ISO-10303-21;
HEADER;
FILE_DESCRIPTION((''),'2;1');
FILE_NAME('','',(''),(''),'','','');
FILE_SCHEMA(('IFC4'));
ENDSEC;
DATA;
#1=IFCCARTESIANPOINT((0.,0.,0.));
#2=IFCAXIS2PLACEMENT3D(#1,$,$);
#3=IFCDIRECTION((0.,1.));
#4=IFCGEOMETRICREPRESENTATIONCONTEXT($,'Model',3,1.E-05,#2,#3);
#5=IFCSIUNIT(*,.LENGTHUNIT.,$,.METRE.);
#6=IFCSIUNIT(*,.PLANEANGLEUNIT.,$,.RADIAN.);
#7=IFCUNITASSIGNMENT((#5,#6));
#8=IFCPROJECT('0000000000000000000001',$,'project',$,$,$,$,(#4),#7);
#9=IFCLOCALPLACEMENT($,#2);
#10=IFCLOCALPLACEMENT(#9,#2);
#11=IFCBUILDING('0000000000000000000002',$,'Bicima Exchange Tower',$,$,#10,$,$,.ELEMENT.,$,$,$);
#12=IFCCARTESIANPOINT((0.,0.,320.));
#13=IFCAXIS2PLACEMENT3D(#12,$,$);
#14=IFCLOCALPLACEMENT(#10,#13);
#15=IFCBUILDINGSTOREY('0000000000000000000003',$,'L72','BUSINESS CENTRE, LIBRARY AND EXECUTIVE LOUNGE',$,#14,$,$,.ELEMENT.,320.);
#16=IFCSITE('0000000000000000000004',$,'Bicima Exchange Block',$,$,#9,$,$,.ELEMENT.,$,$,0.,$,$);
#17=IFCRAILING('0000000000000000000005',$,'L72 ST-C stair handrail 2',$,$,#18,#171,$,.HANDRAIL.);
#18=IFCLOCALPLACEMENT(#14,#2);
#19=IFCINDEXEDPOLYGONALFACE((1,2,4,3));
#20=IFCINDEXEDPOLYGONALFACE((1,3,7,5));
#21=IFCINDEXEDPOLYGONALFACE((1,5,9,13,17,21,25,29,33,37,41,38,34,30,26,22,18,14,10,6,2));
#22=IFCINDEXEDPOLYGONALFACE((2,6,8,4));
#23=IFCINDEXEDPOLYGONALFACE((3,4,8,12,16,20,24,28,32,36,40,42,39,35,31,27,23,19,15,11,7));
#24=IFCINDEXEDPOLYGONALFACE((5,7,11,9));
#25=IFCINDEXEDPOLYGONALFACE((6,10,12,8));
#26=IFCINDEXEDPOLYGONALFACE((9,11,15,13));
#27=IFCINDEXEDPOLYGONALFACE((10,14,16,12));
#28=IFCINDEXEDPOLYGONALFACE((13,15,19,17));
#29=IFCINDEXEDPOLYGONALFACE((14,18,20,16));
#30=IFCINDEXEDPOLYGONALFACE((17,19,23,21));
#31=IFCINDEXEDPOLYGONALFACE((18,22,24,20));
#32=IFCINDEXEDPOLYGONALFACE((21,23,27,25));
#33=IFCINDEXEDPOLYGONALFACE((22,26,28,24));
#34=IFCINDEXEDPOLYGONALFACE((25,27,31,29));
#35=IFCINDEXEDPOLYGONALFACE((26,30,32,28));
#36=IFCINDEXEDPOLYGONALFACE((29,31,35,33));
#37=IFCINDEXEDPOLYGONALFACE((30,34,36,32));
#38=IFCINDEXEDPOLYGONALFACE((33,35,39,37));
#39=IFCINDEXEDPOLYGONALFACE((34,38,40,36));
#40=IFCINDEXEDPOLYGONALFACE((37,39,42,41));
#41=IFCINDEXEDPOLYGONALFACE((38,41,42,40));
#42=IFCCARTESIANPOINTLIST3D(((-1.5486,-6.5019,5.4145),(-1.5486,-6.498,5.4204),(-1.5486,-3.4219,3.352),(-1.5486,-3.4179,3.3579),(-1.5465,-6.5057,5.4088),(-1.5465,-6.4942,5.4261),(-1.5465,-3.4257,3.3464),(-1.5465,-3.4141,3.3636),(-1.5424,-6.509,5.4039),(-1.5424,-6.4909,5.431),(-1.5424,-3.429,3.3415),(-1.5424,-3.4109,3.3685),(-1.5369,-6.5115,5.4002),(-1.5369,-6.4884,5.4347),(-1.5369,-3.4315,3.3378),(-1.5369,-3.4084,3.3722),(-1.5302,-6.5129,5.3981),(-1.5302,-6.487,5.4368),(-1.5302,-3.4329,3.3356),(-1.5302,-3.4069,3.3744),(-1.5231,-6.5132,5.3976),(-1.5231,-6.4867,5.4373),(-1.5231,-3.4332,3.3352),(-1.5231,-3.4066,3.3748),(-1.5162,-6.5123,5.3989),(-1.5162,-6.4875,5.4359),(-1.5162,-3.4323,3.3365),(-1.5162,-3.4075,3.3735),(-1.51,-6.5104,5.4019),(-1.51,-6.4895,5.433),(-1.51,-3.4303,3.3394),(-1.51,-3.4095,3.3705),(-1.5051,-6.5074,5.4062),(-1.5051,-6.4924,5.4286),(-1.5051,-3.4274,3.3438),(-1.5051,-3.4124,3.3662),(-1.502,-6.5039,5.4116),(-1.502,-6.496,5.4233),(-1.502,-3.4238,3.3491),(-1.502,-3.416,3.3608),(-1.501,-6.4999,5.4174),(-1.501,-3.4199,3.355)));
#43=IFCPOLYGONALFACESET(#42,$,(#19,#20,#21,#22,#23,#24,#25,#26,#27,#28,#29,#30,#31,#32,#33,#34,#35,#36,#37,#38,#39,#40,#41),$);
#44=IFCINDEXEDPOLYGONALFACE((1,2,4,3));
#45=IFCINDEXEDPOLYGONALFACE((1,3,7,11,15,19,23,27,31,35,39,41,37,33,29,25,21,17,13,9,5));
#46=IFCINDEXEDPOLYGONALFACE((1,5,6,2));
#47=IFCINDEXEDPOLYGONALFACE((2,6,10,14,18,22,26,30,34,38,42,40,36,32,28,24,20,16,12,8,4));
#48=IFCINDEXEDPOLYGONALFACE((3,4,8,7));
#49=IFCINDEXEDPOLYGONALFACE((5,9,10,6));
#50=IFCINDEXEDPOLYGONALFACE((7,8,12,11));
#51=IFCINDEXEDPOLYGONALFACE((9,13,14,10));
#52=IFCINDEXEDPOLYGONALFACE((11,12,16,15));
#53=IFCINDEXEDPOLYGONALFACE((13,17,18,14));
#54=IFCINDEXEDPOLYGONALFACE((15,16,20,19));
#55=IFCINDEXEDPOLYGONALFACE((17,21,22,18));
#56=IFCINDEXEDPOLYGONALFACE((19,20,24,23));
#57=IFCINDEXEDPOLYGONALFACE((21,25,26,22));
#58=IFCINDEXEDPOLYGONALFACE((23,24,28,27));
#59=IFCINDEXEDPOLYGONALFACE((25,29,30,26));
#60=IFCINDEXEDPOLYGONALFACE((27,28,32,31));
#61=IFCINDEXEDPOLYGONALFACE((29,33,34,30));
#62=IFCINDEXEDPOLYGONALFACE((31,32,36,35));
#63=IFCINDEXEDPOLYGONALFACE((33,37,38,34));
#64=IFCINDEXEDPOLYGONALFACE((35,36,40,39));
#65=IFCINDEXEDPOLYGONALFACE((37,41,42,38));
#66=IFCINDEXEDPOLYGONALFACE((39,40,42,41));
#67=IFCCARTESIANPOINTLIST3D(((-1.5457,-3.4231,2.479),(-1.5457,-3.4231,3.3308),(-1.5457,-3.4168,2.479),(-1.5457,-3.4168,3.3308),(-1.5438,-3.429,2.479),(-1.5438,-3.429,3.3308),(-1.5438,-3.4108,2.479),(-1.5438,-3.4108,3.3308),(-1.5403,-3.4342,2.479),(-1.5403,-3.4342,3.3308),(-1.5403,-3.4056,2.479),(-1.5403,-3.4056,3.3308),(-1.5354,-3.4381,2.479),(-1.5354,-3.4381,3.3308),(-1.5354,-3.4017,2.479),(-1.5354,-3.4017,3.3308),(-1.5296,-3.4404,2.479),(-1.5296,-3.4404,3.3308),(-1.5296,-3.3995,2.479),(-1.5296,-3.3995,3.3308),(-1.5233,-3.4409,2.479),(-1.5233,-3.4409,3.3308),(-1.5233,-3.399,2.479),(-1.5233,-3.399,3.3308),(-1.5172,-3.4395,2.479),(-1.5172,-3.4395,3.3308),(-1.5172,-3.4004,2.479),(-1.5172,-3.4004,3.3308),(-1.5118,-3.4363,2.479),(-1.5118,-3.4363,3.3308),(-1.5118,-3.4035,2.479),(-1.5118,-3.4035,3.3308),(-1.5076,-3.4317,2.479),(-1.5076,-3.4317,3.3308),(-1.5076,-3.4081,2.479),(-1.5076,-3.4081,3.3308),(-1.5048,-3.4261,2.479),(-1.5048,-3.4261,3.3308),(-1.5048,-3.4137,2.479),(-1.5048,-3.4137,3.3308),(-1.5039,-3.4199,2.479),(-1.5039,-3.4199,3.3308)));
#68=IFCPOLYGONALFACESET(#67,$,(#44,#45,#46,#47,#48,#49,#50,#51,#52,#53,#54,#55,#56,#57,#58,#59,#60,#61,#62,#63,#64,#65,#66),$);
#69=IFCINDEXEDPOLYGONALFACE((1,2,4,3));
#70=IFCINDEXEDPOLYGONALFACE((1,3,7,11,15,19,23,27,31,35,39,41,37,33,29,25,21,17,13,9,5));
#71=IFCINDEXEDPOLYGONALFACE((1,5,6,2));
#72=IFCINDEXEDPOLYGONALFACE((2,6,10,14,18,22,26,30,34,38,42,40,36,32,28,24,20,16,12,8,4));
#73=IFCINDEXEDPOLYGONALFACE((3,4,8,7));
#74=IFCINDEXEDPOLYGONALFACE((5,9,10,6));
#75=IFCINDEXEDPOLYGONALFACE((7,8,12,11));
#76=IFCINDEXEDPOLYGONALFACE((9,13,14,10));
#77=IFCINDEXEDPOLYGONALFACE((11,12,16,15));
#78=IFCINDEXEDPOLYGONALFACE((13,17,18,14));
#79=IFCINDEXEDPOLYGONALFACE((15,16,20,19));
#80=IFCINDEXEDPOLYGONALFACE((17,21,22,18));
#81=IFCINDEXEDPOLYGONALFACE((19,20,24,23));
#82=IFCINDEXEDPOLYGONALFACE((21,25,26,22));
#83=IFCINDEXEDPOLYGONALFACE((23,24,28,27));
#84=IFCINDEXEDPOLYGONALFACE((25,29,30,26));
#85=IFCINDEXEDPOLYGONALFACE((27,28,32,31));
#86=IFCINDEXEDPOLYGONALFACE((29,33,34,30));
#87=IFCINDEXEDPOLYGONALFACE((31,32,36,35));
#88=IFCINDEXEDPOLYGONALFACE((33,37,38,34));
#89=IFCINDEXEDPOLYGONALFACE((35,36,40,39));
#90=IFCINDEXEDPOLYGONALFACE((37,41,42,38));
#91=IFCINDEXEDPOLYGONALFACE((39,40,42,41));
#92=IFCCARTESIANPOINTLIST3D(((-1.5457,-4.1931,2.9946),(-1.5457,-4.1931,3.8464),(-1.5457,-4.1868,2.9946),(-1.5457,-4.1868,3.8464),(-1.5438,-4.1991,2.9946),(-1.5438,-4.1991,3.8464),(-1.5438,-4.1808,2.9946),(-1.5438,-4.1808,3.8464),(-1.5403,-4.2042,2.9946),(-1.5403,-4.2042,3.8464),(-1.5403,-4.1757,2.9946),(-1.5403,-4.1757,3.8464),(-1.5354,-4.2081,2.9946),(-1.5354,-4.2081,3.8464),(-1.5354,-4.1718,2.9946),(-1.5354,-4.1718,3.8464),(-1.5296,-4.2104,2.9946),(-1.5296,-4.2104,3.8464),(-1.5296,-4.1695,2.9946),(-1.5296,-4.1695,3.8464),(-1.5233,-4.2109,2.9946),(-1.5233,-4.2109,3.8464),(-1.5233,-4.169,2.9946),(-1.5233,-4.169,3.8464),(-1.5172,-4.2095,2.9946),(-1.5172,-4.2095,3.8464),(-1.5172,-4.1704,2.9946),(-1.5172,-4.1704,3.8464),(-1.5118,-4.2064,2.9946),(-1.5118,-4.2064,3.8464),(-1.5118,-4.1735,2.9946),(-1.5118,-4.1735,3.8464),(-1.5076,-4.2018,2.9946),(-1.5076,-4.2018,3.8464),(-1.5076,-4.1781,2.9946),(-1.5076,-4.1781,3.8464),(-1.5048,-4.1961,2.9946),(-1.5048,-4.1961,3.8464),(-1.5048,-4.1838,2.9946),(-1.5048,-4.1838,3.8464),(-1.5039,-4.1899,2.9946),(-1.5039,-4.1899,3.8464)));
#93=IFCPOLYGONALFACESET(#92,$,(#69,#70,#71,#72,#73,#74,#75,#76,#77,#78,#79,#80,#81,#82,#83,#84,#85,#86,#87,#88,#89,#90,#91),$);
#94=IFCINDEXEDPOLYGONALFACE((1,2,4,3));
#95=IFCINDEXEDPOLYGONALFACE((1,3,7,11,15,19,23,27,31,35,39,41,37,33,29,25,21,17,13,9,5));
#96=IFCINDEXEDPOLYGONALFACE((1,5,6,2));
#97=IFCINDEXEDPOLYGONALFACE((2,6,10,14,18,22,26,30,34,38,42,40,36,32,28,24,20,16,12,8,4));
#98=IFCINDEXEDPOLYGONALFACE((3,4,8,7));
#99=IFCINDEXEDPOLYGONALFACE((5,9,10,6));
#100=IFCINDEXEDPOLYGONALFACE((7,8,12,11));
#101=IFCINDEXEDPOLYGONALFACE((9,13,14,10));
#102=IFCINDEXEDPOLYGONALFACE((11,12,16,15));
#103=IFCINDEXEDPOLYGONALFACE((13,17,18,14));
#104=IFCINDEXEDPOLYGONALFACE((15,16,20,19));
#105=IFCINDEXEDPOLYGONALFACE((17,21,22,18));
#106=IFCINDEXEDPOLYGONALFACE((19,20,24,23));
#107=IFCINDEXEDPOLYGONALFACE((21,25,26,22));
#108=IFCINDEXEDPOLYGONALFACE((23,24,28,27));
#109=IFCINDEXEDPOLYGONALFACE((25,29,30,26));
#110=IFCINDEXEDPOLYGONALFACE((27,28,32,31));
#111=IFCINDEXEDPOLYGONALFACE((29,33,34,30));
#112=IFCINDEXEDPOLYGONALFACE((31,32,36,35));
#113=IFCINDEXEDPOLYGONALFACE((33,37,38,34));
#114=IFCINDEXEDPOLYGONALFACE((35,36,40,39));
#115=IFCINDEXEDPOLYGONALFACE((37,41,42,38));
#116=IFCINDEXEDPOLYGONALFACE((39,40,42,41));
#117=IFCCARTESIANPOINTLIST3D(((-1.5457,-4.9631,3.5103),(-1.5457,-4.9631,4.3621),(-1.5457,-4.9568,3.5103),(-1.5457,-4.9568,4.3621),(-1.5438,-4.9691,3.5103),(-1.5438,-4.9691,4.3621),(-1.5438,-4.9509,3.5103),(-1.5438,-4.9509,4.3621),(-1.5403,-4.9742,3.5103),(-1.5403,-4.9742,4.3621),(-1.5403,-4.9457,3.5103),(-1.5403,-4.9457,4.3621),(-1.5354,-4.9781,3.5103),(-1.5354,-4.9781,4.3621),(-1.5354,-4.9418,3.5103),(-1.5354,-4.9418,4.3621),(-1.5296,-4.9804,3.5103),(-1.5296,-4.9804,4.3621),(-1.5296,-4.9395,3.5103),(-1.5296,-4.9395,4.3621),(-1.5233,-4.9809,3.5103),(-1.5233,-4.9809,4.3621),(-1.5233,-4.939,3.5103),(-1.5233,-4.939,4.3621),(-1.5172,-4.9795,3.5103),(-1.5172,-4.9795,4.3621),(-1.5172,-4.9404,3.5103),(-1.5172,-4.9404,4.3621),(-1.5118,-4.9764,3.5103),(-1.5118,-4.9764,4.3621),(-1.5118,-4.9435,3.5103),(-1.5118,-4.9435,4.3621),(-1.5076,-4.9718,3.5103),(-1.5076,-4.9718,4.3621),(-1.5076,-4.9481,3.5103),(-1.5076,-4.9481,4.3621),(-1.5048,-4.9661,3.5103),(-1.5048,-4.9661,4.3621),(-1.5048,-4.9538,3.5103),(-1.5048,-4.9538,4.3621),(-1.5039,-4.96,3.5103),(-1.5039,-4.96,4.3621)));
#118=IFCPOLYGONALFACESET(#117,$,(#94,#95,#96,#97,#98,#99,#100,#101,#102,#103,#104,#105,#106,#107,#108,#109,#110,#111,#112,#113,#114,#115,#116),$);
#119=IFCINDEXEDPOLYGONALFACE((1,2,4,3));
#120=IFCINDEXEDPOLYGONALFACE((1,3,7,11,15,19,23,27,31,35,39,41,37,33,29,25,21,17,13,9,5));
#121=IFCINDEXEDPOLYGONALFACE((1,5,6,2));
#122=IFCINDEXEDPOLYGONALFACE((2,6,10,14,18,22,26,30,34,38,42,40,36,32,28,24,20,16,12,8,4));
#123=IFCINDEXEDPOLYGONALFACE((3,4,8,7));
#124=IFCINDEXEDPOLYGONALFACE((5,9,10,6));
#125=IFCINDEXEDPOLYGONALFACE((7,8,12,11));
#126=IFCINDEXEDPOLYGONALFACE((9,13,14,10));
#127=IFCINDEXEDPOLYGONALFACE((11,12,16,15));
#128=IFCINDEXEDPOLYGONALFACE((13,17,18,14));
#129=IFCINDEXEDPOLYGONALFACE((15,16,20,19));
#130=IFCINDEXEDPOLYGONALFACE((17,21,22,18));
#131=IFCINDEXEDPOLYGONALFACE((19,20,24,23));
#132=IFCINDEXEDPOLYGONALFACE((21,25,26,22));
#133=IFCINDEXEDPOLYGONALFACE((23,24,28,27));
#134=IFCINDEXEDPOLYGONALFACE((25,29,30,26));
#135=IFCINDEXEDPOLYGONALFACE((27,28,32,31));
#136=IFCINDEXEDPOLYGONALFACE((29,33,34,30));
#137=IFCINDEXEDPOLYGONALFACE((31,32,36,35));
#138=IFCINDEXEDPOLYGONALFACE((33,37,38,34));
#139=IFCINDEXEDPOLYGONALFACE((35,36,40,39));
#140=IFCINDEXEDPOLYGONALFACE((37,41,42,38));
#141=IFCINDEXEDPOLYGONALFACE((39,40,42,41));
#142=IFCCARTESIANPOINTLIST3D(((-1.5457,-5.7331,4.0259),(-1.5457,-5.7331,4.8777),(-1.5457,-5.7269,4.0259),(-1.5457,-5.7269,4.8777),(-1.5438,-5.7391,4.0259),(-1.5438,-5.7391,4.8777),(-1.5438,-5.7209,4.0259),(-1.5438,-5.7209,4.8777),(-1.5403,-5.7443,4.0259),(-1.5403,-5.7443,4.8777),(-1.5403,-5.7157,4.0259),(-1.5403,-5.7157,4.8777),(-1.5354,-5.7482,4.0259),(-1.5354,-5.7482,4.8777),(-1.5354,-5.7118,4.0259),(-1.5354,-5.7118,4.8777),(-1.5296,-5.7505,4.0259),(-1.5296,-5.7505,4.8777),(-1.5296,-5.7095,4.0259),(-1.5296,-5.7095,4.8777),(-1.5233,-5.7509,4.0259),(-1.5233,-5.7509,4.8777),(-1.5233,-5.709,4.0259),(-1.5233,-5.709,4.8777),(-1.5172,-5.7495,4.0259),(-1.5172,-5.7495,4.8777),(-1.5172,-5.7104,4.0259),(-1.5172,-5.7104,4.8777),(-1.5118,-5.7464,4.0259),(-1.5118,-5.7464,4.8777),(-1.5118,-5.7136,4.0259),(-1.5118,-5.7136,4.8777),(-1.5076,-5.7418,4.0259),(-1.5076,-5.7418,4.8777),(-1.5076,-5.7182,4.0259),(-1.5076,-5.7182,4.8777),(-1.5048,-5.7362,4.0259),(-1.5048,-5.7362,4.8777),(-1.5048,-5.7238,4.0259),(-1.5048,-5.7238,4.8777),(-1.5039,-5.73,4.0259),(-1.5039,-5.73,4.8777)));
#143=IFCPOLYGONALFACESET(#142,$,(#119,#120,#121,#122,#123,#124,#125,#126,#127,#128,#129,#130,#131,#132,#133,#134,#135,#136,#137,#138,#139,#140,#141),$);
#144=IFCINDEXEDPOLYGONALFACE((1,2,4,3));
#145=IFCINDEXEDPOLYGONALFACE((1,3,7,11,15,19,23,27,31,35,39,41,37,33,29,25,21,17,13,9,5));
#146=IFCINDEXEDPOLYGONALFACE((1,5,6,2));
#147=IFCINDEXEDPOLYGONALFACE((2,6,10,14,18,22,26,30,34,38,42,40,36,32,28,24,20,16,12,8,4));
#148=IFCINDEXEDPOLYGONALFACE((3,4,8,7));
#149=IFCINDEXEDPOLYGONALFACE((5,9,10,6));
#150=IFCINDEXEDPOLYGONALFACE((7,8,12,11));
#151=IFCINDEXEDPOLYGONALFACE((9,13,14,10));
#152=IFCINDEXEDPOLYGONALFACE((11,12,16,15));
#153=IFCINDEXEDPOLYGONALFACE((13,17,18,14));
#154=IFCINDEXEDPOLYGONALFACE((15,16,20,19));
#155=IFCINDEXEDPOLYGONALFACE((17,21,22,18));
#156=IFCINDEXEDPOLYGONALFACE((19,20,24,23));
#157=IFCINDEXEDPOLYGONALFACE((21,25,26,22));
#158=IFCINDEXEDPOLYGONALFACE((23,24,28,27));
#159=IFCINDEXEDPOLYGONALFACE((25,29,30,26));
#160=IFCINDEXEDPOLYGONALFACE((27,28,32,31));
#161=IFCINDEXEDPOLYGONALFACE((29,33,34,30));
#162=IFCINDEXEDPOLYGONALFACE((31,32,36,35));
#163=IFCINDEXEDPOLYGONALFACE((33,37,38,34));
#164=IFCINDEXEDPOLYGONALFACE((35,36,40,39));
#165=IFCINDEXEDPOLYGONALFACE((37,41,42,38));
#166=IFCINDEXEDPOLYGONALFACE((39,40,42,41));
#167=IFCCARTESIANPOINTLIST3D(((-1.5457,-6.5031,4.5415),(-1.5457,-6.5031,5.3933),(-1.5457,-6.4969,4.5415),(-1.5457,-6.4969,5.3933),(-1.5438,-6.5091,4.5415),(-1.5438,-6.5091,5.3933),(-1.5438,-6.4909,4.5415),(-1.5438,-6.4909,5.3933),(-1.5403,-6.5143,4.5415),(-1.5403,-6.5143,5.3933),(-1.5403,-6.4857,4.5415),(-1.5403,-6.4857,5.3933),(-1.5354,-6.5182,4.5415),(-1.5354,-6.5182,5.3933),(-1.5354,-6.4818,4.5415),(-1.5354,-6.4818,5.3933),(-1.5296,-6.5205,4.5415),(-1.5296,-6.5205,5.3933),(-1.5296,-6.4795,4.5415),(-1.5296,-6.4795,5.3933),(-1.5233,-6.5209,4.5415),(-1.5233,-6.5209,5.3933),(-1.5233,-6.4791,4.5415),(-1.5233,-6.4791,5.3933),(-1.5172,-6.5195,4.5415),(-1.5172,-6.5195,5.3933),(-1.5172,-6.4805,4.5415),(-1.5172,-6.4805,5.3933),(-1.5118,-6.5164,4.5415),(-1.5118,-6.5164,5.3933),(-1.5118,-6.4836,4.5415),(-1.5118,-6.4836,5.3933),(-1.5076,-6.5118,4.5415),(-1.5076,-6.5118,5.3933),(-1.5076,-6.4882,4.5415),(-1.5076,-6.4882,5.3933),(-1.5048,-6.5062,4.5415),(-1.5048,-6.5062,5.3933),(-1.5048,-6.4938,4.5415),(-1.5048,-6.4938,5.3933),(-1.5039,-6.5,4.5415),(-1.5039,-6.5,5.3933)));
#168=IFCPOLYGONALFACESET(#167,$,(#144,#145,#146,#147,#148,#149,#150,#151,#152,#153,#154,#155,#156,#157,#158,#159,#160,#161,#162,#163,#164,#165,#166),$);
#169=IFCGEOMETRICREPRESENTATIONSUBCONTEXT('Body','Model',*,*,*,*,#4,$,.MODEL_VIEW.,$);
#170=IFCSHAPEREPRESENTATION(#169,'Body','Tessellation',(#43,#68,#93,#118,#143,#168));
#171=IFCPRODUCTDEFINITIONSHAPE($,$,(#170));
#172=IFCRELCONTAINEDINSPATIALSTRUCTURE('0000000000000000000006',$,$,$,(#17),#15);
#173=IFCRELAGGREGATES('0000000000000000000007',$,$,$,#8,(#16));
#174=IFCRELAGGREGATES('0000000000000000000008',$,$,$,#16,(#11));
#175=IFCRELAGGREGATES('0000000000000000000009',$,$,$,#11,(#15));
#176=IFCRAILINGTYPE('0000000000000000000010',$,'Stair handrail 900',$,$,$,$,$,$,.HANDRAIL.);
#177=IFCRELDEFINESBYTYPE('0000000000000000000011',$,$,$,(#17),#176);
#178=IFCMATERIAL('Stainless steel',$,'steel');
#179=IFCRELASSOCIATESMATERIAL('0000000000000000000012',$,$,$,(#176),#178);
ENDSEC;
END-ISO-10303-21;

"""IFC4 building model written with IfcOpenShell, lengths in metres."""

from ifc_helpers import new_model, si_unit, direction, frame, origin, origin_2d, place, context, subcontext, project, spatial, circle, extrude, material, type_object, element, save


model = new_model("IFC4")

# Units and contexts
model_context = context("Model", 3, precision=1e-05, world=origin(), true_north=direction((0.0, 1.0)))
body_context = subcontext(model_context, "Body", "Model", "MODEL_VIEW")
ifc_project = project(units=[si_unit("LENGTHUNIT", "METRE"), si_unit("PLANEANGLEUNIT", "RADIAN")], contexts=[model_context])

# Site, building, storey
site_placement = place(None, origin())
site = spatial("IfcSite", under=ifc_project, at=site_placement, Name="Bicima Exchange Block", CompositionType="ELEMENT", RefElevation=0.0)
building_placement = place(site_placement, origin())
building = spatial("IfcBuilding", under=site, at=building_placement, Name="Bicima Exchange Tower", CompositionType="ELEMENT")
storey_placement = place(building_placement, frame((0.0, 0.0, 320.0)))
storey = spatial("IfcBuildingStorey", under=building, at=storey_placement, Name="L72", Description="BUSINESS CENTRE, LIBRARY AND EXECUTIVE LOUNGE", CompositionType="ELEMENT", Elevation=320.0)

# Railing
ifc_material_1 = material(Name="Stainless steel", Category="steel")
railing_type = type_object("IfcRailingType", Name="Stair handrail 900", PredefinedType="HANDRAIL", material=ifc_material_1)
railing_placement = place(storey_placement, frame((-1.5249, -3.4199, 2.479)))
element("IfcRailing", 1, at=railing_placement, inside=storey, type_object=railing_type, Name="L72 ST-C stair handrail 2", PredefinedType="HANDRAIL", context=body_context, shape_type="SweptSolid", body=[
    extrude(circle(Radius=0.0239, at=origin_2d()), frame((0.0, 0.0, 0.876), z_axis=(0.0, -0.830914, 0.556401), x_axis=(1.0, 0.0, 0.0)), (0.0, 0.0, 1.0), 3.7068),
    extrude(circle(Radius=0.021, at=origin_2d()), origin(), (0.0, 0.0, 1.0), 0.8518),
    extrude(circle(Radius=0.021, at=origin_2d()), frame((0.0, -0.77, 0.5156)), (0.0, 0.0, 1.0), 0.8518),
    extrude(circle(Radius=0.021, at=origin_2d()), frame((0.0, -1.54, 1.0312)), (0.0, 0.0, 1.0), 0.8518),
    extrude(circle(Radius=0.021, at=origin_2d()), frame((0.0, -2.3101, 1.5469)), (0.0, 0.0, 1.0), 0.8518),
    extrude(circle(Radius=0.021, at=origin_2d()), frame((0.0, -3.0801, 2.0625)), (0.0, 0.0, 1.0), 0.8518),
])

save(model, "model.ifc")
